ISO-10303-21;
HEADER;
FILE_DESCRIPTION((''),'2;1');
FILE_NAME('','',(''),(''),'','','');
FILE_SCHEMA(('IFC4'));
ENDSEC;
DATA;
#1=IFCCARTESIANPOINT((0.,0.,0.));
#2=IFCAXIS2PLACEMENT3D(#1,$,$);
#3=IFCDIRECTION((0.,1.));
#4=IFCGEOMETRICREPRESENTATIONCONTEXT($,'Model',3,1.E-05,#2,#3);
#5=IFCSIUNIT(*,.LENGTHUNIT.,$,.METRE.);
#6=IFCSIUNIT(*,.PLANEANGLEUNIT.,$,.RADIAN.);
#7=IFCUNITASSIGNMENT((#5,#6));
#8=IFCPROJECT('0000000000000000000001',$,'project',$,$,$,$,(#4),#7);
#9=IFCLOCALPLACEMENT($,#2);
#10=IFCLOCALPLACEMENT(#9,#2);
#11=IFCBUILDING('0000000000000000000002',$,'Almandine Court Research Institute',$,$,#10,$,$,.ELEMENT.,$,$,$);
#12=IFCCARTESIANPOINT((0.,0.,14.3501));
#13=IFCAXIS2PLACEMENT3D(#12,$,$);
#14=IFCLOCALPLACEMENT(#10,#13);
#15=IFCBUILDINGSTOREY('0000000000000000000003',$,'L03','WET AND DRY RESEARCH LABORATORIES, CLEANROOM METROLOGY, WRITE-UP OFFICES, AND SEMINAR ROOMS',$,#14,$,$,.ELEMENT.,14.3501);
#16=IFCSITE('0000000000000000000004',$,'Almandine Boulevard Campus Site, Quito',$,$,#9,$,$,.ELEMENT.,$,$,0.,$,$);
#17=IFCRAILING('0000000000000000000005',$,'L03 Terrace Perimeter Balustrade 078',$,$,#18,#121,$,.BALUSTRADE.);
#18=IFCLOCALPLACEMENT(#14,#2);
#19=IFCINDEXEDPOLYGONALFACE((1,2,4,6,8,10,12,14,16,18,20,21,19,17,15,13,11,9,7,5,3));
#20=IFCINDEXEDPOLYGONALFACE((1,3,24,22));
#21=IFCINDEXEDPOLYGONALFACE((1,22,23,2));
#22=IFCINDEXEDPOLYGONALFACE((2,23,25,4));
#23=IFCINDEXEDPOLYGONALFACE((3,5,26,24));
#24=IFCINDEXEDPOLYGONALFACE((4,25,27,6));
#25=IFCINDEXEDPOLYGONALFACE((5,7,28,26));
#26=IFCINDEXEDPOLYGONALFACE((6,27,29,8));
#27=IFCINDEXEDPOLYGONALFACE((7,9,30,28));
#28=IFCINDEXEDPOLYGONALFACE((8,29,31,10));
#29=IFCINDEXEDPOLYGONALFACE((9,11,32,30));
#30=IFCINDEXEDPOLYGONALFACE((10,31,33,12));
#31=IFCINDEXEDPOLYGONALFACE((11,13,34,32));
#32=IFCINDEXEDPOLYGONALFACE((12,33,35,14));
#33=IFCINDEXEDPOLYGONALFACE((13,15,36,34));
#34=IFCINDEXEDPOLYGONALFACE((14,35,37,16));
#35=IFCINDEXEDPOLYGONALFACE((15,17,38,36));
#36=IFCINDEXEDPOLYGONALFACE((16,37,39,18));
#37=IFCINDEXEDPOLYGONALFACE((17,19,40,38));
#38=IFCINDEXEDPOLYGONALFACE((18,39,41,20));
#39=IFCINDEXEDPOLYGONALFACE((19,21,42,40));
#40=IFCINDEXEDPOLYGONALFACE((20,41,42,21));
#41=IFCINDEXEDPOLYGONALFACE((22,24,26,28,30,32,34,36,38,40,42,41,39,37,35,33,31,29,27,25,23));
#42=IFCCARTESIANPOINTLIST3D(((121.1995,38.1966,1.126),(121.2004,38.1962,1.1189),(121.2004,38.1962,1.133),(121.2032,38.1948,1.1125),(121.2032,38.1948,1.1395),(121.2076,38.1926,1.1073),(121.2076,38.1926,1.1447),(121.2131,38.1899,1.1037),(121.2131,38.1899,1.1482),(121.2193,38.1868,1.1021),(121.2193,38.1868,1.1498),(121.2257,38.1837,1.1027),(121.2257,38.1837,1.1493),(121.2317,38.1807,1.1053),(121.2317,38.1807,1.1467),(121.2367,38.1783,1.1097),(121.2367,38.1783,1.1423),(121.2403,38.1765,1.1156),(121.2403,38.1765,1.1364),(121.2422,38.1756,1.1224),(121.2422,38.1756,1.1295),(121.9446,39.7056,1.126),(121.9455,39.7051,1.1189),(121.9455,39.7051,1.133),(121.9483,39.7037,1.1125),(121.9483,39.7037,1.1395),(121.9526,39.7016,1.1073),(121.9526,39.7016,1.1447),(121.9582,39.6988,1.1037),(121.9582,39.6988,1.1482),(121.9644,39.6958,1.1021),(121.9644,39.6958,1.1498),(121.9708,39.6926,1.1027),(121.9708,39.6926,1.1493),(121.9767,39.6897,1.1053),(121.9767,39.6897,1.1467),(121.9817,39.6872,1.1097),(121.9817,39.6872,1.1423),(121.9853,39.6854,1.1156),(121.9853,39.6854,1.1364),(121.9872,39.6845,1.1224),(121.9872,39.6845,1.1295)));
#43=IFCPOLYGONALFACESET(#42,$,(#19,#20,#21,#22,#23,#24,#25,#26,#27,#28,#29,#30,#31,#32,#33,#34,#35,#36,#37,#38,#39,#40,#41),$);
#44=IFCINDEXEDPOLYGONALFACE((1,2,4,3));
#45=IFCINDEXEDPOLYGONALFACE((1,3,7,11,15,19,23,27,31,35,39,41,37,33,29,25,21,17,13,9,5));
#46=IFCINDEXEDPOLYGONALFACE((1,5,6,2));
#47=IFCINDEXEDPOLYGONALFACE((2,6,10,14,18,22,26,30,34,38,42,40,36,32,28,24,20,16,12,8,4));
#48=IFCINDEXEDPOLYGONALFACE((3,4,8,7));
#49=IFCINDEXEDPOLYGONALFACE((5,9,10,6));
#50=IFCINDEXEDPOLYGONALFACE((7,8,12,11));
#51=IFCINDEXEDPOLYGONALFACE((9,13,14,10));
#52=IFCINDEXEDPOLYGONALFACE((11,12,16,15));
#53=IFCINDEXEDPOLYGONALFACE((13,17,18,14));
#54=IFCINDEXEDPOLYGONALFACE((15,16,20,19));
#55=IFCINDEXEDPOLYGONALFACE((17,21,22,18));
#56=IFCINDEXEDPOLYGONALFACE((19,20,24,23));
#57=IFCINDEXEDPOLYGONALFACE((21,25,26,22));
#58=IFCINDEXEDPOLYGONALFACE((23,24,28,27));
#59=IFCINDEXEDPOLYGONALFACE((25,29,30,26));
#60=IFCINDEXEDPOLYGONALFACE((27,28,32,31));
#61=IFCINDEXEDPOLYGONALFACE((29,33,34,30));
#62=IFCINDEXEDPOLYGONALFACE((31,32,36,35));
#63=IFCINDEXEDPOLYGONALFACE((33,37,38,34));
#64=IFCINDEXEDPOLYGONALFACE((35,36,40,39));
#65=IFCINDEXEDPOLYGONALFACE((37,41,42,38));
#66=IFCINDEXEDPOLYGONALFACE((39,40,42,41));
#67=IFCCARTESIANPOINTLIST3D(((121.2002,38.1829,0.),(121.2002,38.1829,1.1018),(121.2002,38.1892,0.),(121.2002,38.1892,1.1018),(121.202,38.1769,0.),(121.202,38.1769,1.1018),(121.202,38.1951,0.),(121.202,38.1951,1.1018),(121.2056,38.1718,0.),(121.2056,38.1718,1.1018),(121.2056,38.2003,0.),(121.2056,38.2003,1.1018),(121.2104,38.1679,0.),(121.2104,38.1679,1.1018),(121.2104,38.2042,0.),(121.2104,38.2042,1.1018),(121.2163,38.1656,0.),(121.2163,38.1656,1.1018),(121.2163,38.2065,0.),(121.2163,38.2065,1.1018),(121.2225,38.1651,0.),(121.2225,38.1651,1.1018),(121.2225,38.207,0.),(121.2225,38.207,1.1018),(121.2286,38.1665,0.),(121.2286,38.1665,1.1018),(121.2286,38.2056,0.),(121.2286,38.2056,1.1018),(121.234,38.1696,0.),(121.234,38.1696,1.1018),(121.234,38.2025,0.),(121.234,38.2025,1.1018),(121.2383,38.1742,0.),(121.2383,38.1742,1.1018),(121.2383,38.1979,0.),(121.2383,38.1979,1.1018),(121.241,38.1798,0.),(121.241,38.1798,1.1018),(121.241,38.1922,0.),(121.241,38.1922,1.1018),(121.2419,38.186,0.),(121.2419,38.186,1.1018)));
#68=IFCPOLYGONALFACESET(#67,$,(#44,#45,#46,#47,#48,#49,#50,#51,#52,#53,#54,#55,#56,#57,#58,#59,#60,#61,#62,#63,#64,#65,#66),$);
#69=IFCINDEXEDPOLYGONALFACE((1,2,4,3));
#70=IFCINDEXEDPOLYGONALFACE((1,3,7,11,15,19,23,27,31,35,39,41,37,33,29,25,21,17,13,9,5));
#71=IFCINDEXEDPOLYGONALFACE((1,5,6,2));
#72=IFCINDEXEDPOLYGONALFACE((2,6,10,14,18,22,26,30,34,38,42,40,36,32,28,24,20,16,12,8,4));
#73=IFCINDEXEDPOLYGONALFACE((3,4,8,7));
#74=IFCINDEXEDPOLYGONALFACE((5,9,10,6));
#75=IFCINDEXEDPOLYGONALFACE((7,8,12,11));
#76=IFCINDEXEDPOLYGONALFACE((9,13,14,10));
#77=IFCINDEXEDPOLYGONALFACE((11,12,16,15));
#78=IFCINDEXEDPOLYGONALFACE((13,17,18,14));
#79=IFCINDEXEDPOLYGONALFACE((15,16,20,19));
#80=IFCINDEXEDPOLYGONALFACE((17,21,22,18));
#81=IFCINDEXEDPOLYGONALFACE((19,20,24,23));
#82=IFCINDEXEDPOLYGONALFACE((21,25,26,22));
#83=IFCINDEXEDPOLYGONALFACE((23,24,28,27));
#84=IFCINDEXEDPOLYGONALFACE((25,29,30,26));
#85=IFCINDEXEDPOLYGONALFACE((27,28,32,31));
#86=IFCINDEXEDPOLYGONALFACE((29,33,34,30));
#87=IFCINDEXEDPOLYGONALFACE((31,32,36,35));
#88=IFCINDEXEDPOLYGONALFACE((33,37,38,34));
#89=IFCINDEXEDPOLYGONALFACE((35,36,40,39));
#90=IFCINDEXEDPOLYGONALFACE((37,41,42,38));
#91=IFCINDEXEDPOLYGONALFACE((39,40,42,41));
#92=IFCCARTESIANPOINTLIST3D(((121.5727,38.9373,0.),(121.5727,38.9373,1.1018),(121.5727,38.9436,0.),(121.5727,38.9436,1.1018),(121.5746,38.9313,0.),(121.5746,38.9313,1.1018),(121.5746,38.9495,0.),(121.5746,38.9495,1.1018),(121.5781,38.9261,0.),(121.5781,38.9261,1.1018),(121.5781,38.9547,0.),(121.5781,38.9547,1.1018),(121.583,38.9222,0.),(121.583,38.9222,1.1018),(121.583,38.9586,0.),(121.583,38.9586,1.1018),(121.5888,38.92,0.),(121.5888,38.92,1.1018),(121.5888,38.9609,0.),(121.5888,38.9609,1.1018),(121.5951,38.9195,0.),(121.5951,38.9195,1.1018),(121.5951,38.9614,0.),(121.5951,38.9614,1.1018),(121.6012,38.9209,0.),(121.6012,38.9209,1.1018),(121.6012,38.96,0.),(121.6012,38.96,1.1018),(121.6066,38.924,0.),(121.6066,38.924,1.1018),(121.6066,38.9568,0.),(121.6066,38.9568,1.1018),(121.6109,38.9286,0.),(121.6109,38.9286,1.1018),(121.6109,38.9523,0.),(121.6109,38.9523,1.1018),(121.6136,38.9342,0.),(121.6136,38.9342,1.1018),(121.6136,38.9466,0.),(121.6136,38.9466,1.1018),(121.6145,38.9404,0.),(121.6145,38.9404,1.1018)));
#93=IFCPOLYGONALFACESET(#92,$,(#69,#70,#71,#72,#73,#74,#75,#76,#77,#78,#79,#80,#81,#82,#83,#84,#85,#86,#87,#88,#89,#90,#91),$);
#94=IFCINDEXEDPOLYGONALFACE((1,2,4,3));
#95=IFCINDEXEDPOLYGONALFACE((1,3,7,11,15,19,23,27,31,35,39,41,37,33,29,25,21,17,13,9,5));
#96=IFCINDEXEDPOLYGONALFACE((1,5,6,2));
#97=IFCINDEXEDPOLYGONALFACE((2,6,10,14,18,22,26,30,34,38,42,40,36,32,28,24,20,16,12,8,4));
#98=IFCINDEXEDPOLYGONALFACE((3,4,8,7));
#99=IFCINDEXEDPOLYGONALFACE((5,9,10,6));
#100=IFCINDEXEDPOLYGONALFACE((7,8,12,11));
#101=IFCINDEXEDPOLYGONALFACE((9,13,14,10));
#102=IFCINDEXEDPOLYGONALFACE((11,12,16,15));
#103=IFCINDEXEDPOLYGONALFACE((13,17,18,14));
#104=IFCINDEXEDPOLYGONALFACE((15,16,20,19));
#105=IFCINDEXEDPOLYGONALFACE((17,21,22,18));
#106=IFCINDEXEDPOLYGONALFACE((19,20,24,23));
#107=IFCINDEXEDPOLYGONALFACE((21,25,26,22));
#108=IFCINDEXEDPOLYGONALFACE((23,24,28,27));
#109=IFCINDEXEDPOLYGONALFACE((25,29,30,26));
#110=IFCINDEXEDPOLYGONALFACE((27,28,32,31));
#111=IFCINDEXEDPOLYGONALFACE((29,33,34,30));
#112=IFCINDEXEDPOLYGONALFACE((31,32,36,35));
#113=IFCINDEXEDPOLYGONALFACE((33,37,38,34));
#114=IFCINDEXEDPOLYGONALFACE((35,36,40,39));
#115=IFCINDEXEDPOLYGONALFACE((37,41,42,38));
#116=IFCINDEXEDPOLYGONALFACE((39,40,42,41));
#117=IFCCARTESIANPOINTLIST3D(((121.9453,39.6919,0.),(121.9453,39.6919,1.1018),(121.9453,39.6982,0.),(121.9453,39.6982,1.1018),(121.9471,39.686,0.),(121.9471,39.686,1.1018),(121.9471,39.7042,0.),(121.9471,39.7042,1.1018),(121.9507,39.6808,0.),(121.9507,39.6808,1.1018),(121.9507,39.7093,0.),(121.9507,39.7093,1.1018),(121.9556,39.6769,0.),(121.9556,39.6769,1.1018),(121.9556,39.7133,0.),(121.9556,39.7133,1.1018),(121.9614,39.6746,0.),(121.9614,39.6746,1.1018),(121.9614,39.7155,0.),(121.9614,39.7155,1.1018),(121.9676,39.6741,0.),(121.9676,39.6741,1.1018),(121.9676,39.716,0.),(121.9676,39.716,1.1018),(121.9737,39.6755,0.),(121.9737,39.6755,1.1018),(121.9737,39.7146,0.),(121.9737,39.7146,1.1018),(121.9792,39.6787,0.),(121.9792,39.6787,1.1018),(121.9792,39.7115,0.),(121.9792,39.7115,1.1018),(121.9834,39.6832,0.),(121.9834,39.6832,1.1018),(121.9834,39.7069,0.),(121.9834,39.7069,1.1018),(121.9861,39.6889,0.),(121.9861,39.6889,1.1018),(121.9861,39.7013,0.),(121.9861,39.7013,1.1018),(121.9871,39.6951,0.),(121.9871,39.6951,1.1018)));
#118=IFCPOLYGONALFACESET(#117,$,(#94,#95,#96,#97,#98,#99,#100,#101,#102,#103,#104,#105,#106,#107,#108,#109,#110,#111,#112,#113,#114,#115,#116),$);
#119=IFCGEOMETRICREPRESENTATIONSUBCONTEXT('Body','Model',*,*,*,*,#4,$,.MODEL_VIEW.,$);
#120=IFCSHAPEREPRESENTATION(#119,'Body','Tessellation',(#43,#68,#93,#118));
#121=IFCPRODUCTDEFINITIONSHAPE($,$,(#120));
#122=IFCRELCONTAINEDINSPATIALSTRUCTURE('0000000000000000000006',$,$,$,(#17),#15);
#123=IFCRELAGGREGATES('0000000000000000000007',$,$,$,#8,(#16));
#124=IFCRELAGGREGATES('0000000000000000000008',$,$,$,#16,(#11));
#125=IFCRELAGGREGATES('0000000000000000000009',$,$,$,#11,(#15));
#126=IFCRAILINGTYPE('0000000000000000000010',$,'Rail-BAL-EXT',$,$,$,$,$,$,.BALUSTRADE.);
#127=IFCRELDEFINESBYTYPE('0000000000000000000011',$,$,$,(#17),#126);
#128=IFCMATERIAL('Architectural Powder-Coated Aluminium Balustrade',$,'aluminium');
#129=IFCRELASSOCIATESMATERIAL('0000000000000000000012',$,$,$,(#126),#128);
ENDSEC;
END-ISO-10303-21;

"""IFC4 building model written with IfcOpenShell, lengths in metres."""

from ifc_helpers import new_model, si_unit, direction, frame, origin, origin_2d, place, context, subcontext, project, spatial, circle, extrude, material, type_object, element, save


model = new_model("IFC4")

# Units and contexts
model_context = context("Model", 3, precision=1e-05, world=origin(), true_north=direction((0.0, 1.0)))
body_context = subcontext(model_context, "Body", "Model", "MODEL_VIEW")
ifc_project = project(units=[si_unit("LENGTHUNIT", "METRE"), si_unit("PLANEANGLEUNIT", "RADIAN")], contexts=[model_context])

# Site, building, storey
site_placement = place(None, origin())
site = spatial("IfcSite", under=ifc_project, at=site_placement, Name="Almandine Boulevard Campus Site, Quito", CompositionType="ELEMENT", RefElevation=0.0)
building_placement = place(site_placement, origin())
building = spatial("IfcBuilding", under=site, at=building_placement, Name="Almandine Court Research Institute", CompositionType="ELEMENT")
storey_placement = place(building_placement, frame((0.0, 0.0, 14.3501)))
storey = spatial("IfcBuildingStorey", under=building, at=storey_placement, Name="L03", Description="WET AND DRY RESEARCH LABORATORIES, CLEANROOM METROLOGY, WRITE-UP OFFICES, AND SEMINAR ROOMS", CompositionType="ELEMENT", Elevation=14.3501)

# Railing
ifc_material_1 = material(Name="Architectural Powder-Coated Aluminium Balustrade", Category="aluminium")
railing_type = type_object("IfcRailingType", Name="Rail-BAL-EXT", PredefinedType="BALUSTRADE", material=ifc_material_1)
railing_1_placement = place(storey_placement, frame((121.2209, 38.186, 0.0)))
element("IfcRailing", 1, at=railing_1_placement, inside=storey, type_object=railing_type, Name="L03 Terrace Perimeter Balustrade 078", PredefinedType="BALUSTRADE", context=body_context, shape_type="SweptSolid", body=[
    extrude(circle(Radius=0.0239, at=origin_2d()), frame((0.0, 0.0, 1.126), z_axis=(0.44274, 0.89665, 0.0), x_axis=(-0.89665, 0.44274, 0.0)), (0.0, 0.0, 1.0), 1.6829),
    extrude(circle(Radius=0.021, at=origin_2d()), origin(), (0.0, 0.0, 1.0), 1.1018),
    extrude(circle(Radius=0.021, at=origin_2d()), frame((0.3726, 0.7544, 0.0)), (0.0, 0.0, 1.0), 1.1018),
    extrude(circle(Radius=0.021, at=origin_2d()), frame((0.7451, 1.509, 0.0)), (0.0, 0.0, 1.0), 1.1018),
])

save(model, "model.ifc")
